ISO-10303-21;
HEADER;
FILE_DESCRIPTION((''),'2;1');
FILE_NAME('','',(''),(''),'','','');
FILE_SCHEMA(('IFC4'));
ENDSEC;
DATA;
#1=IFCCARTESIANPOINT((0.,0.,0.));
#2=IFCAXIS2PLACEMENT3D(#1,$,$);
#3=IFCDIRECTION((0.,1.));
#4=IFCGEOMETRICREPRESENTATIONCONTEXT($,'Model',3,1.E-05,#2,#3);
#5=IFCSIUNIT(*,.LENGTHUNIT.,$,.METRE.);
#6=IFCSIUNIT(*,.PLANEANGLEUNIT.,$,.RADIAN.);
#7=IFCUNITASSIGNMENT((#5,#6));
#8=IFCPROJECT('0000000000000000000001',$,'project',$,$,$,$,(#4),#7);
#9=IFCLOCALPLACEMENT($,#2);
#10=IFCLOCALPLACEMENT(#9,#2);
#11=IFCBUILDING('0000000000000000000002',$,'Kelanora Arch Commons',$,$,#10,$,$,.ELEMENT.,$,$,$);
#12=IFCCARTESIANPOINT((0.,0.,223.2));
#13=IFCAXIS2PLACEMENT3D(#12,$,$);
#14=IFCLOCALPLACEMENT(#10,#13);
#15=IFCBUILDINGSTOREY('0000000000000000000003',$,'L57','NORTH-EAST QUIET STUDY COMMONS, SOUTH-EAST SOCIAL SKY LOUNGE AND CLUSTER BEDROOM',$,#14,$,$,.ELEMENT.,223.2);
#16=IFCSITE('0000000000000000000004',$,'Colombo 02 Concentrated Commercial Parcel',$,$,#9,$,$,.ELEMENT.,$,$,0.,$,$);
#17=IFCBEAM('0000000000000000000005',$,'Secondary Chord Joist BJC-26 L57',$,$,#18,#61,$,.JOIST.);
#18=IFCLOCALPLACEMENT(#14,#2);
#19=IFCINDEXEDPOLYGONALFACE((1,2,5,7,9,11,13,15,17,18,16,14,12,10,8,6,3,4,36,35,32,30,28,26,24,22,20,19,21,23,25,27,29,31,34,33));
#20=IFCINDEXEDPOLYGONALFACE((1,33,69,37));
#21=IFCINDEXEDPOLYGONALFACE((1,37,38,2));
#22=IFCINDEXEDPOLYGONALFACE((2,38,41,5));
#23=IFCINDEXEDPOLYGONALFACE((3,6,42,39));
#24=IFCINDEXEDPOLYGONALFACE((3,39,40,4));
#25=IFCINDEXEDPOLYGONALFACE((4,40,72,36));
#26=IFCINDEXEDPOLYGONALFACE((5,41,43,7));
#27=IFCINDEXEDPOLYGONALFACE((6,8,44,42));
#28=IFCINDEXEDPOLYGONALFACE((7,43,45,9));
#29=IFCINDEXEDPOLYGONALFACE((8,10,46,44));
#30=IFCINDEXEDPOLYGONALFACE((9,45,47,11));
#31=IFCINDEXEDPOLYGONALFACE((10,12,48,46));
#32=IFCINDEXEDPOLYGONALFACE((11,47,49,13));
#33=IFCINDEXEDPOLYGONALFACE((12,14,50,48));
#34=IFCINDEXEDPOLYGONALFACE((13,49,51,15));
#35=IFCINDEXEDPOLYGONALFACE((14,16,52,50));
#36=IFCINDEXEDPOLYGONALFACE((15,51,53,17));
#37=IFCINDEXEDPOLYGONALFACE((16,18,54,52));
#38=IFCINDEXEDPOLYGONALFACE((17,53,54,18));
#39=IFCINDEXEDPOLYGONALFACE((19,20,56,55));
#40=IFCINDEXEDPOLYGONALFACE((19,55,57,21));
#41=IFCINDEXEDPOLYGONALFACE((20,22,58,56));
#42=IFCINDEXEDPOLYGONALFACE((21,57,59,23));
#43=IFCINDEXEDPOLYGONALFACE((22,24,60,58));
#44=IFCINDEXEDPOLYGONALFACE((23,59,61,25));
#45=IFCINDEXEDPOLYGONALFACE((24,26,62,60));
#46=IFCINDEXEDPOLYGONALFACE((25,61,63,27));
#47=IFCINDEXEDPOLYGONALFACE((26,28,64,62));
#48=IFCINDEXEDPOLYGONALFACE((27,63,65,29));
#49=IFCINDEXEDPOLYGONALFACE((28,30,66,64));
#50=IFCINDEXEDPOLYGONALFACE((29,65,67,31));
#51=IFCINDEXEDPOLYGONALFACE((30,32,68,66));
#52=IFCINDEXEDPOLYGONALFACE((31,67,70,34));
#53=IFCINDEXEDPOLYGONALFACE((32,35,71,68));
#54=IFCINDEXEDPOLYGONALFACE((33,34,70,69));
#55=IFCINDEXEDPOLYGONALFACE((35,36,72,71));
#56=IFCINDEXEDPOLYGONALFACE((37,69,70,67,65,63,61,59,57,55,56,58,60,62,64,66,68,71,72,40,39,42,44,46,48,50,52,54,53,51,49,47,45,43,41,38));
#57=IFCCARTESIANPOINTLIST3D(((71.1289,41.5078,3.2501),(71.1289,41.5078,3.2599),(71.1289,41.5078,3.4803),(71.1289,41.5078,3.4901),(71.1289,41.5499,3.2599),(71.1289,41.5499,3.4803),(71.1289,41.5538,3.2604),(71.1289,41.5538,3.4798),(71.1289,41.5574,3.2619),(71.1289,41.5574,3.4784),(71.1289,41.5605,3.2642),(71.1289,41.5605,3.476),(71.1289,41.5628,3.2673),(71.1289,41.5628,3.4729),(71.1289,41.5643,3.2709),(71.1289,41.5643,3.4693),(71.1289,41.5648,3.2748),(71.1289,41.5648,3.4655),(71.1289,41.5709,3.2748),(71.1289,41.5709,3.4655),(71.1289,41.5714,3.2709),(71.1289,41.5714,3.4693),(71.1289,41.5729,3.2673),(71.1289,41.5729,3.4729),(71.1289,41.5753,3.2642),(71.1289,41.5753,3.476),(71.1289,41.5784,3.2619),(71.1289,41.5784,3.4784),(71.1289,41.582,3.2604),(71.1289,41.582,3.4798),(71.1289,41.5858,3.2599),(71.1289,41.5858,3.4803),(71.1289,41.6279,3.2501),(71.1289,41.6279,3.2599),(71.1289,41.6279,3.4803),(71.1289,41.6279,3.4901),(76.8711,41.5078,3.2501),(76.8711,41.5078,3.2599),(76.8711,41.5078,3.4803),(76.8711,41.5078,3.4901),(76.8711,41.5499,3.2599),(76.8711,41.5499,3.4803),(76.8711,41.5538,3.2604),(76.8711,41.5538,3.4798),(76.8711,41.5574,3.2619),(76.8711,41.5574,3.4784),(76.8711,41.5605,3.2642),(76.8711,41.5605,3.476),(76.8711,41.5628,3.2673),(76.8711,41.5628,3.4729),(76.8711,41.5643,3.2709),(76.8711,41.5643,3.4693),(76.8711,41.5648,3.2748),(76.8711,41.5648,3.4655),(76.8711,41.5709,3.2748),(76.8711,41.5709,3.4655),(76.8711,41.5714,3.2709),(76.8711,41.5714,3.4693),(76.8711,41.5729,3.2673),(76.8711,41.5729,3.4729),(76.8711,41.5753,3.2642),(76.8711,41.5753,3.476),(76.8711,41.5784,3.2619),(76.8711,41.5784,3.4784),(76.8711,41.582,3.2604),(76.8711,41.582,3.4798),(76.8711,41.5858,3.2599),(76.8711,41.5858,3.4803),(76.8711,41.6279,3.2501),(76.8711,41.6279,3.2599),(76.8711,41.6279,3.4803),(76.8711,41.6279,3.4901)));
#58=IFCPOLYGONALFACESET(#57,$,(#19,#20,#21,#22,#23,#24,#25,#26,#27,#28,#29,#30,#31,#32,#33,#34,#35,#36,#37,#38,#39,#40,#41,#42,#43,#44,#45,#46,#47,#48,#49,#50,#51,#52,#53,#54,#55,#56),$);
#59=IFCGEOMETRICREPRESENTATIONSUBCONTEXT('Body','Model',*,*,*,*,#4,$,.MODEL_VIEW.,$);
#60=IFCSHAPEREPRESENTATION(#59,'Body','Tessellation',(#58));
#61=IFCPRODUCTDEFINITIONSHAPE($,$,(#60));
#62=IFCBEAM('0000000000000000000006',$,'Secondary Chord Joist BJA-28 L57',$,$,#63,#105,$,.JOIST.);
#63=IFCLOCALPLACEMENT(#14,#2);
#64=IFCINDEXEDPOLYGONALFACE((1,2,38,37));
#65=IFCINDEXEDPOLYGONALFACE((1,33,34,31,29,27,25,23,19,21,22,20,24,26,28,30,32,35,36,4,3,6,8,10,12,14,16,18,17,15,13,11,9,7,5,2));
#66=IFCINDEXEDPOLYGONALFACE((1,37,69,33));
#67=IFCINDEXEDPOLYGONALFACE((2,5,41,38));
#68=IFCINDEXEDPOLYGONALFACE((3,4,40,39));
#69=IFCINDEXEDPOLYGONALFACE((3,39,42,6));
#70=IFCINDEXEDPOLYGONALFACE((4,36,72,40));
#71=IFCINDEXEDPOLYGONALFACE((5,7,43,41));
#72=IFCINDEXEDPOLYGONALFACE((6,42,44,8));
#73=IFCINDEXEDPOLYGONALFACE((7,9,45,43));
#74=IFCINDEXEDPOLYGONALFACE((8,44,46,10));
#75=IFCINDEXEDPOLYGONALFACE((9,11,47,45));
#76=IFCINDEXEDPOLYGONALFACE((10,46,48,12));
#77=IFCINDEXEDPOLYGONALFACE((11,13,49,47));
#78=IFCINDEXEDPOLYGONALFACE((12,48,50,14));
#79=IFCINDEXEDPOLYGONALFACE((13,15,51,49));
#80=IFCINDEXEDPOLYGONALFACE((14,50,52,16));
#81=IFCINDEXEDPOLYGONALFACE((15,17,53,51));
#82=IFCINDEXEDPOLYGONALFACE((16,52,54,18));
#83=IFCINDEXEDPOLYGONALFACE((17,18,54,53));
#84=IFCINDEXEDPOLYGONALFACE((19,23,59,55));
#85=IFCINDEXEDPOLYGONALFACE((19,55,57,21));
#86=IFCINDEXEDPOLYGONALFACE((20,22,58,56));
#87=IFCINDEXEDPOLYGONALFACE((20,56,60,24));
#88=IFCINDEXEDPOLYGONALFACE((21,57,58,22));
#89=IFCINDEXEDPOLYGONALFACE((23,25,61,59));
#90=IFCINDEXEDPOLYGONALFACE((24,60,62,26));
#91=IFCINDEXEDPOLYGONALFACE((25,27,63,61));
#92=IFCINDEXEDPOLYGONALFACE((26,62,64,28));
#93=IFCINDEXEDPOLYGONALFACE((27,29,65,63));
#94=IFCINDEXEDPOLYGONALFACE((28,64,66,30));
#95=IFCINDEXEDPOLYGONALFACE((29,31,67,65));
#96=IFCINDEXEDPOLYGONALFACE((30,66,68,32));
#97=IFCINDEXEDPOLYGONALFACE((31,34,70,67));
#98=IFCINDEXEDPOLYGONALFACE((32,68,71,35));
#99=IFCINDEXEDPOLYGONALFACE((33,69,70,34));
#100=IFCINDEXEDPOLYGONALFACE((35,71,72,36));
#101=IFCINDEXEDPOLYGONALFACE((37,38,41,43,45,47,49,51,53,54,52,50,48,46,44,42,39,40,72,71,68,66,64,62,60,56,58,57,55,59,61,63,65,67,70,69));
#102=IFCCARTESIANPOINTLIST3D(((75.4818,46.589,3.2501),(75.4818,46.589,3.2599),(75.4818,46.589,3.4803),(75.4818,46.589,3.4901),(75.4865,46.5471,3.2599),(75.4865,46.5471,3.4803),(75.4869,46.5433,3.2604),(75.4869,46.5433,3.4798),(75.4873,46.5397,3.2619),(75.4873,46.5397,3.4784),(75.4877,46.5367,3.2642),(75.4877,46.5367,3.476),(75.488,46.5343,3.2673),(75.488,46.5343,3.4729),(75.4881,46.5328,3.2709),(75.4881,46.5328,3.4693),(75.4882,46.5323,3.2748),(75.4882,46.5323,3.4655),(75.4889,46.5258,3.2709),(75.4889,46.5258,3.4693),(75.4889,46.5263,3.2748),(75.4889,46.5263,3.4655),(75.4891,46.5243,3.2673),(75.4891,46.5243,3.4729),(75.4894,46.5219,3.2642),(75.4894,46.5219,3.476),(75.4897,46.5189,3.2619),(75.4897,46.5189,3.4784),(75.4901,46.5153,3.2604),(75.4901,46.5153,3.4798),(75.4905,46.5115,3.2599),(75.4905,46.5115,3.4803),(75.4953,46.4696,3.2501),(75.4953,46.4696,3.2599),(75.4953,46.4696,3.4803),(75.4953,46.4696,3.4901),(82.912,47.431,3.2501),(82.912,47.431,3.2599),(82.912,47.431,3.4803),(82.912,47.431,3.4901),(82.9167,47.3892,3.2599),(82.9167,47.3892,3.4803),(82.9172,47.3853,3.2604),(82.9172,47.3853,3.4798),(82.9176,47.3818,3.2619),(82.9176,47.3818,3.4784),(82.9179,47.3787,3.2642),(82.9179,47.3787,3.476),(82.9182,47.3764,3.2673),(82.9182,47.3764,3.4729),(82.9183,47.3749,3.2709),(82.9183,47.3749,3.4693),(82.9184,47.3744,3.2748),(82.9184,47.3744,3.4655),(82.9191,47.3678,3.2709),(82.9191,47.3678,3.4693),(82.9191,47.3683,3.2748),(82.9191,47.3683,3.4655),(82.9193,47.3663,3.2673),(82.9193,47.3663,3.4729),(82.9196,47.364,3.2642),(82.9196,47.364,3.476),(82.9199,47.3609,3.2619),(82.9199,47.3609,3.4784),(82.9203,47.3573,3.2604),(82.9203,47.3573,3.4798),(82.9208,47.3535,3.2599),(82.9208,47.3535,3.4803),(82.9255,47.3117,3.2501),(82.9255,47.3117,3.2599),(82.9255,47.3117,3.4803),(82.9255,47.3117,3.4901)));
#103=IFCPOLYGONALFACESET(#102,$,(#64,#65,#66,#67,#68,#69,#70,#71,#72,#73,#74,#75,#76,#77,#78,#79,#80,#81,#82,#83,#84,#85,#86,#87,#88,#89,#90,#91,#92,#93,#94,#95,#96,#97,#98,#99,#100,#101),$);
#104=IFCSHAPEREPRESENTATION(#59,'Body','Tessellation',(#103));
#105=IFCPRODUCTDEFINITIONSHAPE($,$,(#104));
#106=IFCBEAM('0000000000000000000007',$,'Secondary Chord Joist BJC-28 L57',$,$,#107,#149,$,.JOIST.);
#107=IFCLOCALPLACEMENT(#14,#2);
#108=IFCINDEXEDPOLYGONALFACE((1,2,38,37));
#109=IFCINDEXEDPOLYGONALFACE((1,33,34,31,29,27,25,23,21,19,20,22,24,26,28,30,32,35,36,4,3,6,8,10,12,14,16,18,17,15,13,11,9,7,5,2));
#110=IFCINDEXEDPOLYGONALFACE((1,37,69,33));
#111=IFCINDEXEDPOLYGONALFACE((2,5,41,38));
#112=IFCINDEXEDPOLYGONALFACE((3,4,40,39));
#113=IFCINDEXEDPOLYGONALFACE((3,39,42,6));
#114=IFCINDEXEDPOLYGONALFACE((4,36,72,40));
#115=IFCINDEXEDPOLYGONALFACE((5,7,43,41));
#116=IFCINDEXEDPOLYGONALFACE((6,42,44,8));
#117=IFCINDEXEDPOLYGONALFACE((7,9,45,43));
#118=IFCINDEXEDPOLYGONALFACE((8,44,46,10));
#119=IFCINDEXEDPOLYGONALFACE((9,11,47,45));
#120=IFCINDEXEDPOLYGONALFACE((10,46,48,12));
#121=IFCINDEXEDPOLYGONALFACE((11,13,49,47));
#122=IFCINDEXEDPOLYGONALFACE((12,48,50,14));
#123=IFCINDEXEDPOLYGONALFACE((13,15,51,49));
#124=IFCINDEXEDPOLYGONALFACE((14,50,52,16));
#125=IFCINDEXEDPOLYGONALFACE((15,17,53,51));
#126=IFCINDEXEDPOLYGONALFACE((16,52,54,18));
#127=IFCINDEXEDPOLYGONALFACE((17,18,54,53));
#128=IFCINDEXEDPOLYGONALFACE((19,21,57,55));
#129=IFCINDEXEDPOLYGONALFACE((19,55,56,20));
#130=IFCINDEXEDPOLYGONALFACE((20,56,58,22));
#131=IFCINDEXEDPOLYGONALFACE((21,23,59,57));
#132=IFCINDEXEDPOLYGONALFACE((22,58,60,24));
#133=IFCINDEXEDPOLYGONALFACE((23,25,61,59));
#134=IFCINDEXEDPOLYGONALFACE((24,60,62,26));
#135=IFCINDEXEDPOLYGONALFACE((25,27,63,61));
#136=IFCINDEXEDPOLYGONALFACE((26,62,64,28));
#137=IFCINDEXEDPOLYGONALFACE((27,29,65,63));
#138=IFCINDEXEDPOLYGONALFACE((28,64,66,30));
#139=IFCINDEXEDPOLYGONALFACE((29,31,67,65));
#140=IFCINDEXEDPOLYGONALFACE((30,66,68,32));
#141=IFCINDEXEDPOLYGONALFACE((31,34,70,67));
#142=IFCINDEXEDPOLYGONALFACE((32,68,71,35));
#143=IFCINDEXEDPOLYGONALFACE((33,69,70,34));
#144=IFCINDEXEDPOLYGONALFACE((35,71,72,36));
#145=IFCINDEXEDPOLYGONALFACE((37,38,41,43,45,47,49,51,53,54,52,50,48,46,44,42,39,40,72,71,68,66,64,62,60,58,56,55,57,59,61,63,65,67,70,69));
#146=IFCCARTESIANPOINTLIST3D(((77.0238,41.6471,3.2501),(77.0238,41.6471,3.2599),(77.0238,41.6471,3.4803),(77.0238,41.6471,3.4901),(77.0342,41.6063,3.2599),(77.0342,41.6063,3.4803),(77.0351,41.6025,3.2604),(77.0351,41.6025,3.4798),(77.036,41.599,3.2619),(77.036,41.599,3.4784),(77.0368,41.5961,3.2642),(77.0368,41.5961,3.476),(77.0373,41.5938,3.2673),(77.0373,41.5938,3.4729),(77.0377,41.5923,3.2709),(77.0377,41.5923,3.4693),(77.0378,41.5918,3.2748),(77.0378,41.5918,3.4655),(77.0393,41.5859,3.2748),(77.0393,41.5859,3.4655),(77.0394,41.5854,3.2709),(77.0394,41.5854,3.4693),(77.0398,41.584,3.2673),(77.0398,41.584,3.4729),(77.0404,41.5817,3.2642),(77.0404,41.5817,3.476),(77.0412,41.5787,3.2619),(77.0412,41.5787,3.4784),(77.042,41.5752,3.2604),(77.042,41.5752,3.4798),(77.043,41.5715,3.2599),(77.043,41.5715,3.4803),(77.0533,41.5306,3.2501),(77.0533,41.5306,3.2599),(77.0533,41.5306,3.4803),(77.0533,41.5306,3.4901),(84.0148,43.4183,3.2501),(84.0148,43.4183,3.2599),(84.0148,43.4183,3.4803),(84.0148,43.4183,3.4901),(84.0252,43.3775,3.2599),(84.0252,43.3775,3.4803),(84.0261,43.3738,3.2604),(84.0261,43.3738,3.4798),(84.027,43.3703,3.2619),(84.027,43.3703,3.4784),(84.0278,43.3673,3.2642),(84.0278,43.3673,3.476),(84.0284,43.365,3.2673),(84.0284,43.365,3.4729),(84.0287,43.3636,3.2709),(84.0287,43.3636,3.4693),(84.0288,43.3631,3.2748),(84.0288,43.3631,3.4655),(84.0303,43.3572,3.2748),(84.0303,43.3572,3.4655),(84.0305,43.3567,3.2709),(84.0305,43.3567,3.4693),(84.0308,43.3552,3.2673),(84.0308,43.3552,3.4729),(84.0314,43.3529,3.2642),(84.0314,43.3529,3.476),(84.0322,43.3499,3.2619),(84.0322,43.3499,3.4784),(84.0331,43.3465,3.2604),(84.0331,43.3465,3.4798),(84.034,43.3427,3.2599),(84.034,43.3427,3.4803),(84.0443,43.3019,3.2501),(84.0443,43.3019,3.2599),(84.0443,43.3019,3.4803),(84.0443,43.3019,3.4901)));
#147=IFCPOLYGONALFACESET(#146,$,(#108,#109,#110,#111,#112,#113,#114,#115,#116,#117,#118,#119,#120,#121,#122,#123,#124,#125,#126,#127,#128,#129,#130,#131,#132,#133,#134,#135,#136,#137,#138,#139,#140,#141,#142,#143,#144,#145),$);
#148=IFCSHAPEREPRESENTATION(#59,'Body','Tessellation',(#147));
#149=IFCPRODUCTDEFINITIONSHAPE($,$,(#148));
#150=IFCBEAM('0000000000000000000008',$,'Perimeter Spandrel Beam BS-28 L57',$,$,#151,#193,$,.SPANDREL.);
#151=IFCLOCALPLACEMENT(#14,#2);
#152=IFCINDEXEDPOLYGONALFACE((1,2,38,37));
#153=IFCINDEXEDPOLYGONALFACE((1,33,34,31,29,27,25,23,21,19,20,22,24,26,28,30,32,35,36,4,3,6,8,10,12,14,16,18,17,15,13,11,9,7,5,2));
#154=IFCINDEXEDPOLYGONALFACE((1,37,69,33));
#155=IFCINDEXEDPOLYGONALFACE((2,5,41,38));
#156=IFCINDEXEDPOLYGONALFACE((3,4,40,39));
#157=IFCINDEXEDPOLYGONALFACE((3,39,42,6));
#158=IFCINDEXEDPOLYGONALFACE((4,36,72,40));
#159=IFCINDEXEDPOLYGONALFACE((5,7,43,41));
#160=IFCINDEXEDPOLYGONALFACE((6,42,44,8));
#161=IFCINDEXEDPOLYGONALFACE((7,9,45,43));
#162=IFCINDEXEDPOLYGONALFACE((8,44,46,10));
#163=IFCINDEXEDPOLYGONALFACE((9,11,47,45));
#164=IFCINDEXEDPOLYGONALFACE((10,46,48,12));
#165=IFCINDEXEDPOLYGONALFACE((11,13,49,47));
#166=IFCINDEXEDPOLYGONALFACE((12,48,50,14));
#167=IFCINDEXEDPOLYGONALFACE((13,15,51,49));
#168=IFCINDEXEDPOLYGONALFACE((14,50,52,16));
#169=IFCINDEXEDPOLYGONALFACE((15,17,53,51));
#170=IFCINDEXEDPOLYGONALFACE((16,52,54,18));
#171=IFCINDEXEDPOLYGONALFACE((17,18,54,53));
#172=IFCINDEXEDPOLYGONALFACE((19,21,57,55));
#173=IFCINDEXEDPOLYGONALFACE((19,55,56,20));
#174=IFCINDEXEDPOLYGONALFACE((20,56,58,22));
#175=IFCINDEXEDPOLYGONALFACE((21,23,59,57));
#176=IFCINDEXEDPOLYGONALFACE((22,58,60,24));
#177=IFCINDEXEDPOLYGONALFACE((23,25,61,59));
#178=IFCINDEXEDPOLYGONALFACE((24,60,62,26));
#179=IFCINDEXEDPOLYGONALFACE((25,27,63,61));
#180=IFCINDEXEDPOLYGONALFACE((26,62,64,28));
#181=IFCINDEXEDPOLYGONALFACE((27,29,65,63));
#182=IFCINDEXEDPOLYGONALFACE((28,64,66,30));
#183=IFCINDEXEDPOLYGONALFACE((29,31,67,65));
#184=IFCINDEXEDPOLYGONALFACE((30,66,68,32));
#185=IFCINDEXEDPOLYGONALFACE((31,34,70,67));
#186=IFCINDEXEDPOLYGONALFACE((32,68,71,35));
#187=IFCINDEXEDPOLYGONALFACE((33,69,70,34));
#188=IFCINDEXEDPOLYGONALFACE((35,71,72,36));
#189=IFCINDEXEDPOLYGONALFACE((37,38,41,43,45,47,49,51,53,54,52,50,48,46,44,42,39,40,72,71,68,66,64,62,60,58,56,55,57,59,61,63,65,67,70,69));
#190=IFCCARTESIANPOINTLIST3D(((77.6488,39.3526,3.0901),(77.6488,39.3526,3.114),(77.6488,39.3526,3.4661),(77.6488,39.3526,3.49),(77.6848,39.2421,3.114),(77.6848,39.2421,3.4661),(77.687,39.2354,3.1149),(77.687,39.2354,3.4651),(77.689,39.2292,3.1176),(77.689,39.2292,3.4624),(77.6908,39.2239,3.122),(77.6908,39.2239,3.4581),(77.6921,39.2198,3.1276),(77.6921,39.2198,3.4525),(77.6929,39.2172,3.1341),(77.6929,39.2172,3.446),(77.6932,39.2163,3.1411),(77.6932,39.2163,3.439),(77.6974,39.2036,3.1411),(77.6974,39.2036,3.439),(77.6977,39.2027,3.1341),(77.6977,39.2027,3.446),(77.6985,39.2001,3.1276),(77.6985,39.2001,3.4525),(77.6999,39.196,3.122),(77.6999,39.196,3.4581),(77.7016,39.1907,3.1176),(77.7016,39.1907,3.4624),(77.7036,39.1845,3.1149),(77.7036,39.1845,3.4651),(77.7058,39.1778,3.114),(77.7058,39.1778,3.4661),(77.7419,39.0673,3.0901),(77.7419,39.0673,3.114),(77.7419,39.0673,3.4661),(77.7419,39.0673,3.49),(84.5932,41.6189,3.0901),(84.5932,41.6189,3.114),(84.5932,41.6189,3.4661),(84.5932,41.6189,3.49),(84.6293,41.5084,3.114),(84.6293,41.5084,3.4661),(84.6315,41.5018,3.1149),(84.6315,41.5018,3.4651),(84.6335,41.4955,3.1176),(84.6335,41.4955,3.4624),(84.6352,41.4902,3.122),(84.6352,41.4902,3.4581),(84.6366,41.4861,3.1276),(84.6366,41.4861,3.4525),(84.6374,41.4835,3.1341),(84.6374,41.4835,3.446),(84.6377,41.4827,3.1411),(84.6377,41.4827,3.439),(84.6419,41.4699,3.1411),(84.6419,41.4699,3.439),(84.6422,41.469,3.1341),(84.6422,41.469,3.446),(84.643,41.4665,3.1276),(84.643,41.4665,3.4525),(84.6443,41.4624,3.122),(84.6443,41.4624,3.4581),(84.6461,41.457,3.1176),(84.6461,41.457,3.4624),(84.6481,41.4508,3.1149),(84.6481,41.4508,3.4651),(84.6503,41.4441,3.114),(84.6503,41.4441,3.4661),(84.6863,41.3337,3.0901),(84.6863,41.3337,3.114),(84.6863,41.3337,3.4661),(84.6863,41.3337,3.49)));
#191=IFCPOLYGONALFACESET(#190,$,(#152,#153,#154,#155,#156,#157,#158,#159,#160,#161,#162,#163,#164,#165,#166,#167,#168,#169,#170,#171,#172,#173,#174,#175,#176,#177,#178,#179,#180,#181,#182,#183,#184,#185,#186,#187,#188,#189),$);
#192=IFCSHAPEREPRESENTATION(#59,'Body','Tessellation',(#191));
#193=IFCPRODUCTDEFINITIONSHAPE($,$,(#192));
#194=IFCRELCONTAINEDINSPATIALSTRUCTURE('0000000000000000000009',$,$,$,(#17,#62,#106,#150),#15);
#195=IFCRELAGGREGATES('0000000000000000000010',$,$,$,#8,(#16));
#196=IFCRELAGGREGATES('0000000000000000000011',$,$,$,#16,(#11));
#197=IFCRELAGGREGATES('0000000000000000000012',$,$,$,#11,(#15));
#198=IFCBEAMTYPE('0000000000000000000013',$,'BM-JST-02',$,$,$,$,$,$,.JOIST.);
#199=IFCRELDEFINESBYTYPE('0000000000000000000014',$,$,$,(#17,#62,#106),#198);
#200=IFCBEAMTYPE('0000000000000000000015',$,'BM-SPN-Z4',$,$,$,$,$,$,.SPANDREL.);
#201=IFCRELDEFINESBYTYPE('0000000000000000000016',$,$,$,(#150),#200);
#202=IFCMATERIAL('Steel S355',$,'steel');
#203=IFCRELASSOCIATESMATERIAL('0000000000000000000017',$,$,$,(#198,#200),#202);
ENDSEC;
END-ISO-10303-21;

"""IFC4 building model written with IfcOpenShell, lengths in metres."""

from ifc_helpers import new_model, si_unit, direction, frame, origin, origin_2d, place, context, subcontext, project, spatial, i_section, extrude, material, material_profile, profile_set, type_object, element, save


model = new_model("IFC4")

# Units and contexts
model_context = context("Model", 3, precision=1e-05, world=origin(), true_north=direction((0.0, 1.0)))
body_context = subcontext(model_context, "Body", "Model", "MODEL_VIEW")
ifc_project = project(units=[si_unit("LENGTHUNIT", "METRE"), si_unit("PLANEANGLEUNIT", "RADIAN")], contexts=[model_context])

# Site, building, storey
site_placement = place(None, origin())
site = spatial("IfcSite", under=ifc_project, at=site_placement, Name="Colombo 02 Concentrated Commercial Parcel", CompositionType="ELEMENT", RefElevation=0.0)
building_placement = place(site_placement, origin())
building = spatial("IfcBuilding", under=site, at=building_placement, Name="Kelanora Arch Commons", CompositionType="ELEMENT")
storey_placement = place(building_placement, frame((0.0, 0.0, 223.2)))
storey = spatial("IfcBuildingStorey", under=building, at=storey_placement, Name="L57", Description="NORTH-EAST QUIET STUDY COMMONS, SOUTH-EAST SOCIAL SKY LOUNGE AND CLUSTER BEDROOM", CompositionType="ELEMENT", Elevation=223.2)

# Beams
ifc_material_1 = material(Name="Steel S355", Category="steel")
ifc_material_profile_1 = material_profile(ifc_material_1, i_section(OverallWidth=0.1201, OverallDepth=0.24, WebThickness=0.0061, FlangeThickness=0.0098, FilletRadius=0.0149, at=origin_2d()), Name="IPE240")
ifc_profile_set_1 = profile_set([ifc_material_profile_1], Name="Steel S355")
beam_type_1 = type_object("IfcBeamType", Name="BM-JST-02", PredefinedType="JOIST", material=ifc_profile_set_1)
beam_1_placement = place(storey_placement, frame((71.1289, 41.5679, 3.3701), z_axis=(1.0, 0.0, 0.0), x_axis=(0.0, 1.0, 0.0)))
element("IfcBeam", 1, at=beam_1_placement, inside=storey, type_object=beam_type_1, Name="Secondary Chord Joist BJC-26 L57", PredefinedType="JOIST", context=body_context, shape_type="SweptSolid", body=[
    extrude(i_section(OverallWidth=0.1201, OverallDepth=0.24, WebThickness=0.0061, FlangeThickness=0.0098, FilletRadius=0.0149, at=origin_2d()), origin(), (0.0, 0.0, 1.0), 5.7422),
])
beam_2_placement = place(storey_placement, frame((75.4885, 46.5293, 3.3701), z_axis=(0.99364, 0.112606, 0.0), x_axis=(-0.112606, 0.99364, 0.0)))
element("IfcBeam", 2, at=beam_2_placement, inside=storey, type_object=beam_type_1, Name="Secondary Chord Joist BJA-28 L57", PredefinedType="JOIST", context=body_context, shape_type="SweptSolid", body=[
    extrude(i_section(OverallWidth=0.1201, OverallDepth=0.24, WebThickness=0.0061, FlangeThickness=0.0098, FilletRadius=0.0149, at=origin_2d()), origin(), (0.0, 0.0, 1.0), 7.4778),
])
beam_3_placement = place(storey_placement, frame((77.0386, 41.5889, 3.3701), z_axis=(0.969371, 0.245601, 0.0), x_axis=(-0.245601, 0.969371, 0.0)))
element("IfcBeam", 3, at=beam_3_placement, inside=storey, type_object=beam_type_1, Name="Secondary Chord Joist BJC-28 L57", PredefinedType="JOIST", context=body_context, shape_type="SweptSolid", body=[
    extrude(i_section(OverallWidth=0.1201, OverallDepth=0.24, WebThickness=0.0061, FlangeThickness=0.0098, FilletRadius=0.0149, at=origin_2d()), origin(), (0.0, 0.0, 1.0), 7.2119),
])
ifc_material_profile_2 = material_profile(ifc_material_1, i_section(OverallWidth=0.3, OverallDepth=0.3999, WebThickness=0.0134, FlangeThickness=0.0239, FilletRadius=0.0271, at=origin_2d()), Name="HEB400")
ifc_profile_set_2 = profile_set([ifc_material_profile_2], Name="Steel S355")
beam_type_2 = type_object("IfcBeamType", Name="BM-SPN-Z4", PredefinedType="SPANDREL", material=ifc_profile_set_2)
beam_4_placement = place(storey_placement, frame((77.6953, 39.21, 3.29), z_axis=(0.950656, 0.310246, 0.0), x_axis=(-0.310246, 0.950656, 0.0)))
element("IfcBeam", 4, at=beam_4_placement, inside=storey, type_object=beam_type_2, Name="Perimeter Spandrel Beam BS-28 L57", PredefinedType="SPANDREL", context=body_context, shape_type="SweptSolid", body=[
    extrude(i_section(OverallWidth=0.3, OverallDepth=0.3999, WebThickness=0.0134, FlangeThickness=0.0239, FilletRadius=0.0271, at=origin_2d()), origin(), (0.0, 0.0, 1.0), 7.3049),
])

save(model, "model.ifc")
